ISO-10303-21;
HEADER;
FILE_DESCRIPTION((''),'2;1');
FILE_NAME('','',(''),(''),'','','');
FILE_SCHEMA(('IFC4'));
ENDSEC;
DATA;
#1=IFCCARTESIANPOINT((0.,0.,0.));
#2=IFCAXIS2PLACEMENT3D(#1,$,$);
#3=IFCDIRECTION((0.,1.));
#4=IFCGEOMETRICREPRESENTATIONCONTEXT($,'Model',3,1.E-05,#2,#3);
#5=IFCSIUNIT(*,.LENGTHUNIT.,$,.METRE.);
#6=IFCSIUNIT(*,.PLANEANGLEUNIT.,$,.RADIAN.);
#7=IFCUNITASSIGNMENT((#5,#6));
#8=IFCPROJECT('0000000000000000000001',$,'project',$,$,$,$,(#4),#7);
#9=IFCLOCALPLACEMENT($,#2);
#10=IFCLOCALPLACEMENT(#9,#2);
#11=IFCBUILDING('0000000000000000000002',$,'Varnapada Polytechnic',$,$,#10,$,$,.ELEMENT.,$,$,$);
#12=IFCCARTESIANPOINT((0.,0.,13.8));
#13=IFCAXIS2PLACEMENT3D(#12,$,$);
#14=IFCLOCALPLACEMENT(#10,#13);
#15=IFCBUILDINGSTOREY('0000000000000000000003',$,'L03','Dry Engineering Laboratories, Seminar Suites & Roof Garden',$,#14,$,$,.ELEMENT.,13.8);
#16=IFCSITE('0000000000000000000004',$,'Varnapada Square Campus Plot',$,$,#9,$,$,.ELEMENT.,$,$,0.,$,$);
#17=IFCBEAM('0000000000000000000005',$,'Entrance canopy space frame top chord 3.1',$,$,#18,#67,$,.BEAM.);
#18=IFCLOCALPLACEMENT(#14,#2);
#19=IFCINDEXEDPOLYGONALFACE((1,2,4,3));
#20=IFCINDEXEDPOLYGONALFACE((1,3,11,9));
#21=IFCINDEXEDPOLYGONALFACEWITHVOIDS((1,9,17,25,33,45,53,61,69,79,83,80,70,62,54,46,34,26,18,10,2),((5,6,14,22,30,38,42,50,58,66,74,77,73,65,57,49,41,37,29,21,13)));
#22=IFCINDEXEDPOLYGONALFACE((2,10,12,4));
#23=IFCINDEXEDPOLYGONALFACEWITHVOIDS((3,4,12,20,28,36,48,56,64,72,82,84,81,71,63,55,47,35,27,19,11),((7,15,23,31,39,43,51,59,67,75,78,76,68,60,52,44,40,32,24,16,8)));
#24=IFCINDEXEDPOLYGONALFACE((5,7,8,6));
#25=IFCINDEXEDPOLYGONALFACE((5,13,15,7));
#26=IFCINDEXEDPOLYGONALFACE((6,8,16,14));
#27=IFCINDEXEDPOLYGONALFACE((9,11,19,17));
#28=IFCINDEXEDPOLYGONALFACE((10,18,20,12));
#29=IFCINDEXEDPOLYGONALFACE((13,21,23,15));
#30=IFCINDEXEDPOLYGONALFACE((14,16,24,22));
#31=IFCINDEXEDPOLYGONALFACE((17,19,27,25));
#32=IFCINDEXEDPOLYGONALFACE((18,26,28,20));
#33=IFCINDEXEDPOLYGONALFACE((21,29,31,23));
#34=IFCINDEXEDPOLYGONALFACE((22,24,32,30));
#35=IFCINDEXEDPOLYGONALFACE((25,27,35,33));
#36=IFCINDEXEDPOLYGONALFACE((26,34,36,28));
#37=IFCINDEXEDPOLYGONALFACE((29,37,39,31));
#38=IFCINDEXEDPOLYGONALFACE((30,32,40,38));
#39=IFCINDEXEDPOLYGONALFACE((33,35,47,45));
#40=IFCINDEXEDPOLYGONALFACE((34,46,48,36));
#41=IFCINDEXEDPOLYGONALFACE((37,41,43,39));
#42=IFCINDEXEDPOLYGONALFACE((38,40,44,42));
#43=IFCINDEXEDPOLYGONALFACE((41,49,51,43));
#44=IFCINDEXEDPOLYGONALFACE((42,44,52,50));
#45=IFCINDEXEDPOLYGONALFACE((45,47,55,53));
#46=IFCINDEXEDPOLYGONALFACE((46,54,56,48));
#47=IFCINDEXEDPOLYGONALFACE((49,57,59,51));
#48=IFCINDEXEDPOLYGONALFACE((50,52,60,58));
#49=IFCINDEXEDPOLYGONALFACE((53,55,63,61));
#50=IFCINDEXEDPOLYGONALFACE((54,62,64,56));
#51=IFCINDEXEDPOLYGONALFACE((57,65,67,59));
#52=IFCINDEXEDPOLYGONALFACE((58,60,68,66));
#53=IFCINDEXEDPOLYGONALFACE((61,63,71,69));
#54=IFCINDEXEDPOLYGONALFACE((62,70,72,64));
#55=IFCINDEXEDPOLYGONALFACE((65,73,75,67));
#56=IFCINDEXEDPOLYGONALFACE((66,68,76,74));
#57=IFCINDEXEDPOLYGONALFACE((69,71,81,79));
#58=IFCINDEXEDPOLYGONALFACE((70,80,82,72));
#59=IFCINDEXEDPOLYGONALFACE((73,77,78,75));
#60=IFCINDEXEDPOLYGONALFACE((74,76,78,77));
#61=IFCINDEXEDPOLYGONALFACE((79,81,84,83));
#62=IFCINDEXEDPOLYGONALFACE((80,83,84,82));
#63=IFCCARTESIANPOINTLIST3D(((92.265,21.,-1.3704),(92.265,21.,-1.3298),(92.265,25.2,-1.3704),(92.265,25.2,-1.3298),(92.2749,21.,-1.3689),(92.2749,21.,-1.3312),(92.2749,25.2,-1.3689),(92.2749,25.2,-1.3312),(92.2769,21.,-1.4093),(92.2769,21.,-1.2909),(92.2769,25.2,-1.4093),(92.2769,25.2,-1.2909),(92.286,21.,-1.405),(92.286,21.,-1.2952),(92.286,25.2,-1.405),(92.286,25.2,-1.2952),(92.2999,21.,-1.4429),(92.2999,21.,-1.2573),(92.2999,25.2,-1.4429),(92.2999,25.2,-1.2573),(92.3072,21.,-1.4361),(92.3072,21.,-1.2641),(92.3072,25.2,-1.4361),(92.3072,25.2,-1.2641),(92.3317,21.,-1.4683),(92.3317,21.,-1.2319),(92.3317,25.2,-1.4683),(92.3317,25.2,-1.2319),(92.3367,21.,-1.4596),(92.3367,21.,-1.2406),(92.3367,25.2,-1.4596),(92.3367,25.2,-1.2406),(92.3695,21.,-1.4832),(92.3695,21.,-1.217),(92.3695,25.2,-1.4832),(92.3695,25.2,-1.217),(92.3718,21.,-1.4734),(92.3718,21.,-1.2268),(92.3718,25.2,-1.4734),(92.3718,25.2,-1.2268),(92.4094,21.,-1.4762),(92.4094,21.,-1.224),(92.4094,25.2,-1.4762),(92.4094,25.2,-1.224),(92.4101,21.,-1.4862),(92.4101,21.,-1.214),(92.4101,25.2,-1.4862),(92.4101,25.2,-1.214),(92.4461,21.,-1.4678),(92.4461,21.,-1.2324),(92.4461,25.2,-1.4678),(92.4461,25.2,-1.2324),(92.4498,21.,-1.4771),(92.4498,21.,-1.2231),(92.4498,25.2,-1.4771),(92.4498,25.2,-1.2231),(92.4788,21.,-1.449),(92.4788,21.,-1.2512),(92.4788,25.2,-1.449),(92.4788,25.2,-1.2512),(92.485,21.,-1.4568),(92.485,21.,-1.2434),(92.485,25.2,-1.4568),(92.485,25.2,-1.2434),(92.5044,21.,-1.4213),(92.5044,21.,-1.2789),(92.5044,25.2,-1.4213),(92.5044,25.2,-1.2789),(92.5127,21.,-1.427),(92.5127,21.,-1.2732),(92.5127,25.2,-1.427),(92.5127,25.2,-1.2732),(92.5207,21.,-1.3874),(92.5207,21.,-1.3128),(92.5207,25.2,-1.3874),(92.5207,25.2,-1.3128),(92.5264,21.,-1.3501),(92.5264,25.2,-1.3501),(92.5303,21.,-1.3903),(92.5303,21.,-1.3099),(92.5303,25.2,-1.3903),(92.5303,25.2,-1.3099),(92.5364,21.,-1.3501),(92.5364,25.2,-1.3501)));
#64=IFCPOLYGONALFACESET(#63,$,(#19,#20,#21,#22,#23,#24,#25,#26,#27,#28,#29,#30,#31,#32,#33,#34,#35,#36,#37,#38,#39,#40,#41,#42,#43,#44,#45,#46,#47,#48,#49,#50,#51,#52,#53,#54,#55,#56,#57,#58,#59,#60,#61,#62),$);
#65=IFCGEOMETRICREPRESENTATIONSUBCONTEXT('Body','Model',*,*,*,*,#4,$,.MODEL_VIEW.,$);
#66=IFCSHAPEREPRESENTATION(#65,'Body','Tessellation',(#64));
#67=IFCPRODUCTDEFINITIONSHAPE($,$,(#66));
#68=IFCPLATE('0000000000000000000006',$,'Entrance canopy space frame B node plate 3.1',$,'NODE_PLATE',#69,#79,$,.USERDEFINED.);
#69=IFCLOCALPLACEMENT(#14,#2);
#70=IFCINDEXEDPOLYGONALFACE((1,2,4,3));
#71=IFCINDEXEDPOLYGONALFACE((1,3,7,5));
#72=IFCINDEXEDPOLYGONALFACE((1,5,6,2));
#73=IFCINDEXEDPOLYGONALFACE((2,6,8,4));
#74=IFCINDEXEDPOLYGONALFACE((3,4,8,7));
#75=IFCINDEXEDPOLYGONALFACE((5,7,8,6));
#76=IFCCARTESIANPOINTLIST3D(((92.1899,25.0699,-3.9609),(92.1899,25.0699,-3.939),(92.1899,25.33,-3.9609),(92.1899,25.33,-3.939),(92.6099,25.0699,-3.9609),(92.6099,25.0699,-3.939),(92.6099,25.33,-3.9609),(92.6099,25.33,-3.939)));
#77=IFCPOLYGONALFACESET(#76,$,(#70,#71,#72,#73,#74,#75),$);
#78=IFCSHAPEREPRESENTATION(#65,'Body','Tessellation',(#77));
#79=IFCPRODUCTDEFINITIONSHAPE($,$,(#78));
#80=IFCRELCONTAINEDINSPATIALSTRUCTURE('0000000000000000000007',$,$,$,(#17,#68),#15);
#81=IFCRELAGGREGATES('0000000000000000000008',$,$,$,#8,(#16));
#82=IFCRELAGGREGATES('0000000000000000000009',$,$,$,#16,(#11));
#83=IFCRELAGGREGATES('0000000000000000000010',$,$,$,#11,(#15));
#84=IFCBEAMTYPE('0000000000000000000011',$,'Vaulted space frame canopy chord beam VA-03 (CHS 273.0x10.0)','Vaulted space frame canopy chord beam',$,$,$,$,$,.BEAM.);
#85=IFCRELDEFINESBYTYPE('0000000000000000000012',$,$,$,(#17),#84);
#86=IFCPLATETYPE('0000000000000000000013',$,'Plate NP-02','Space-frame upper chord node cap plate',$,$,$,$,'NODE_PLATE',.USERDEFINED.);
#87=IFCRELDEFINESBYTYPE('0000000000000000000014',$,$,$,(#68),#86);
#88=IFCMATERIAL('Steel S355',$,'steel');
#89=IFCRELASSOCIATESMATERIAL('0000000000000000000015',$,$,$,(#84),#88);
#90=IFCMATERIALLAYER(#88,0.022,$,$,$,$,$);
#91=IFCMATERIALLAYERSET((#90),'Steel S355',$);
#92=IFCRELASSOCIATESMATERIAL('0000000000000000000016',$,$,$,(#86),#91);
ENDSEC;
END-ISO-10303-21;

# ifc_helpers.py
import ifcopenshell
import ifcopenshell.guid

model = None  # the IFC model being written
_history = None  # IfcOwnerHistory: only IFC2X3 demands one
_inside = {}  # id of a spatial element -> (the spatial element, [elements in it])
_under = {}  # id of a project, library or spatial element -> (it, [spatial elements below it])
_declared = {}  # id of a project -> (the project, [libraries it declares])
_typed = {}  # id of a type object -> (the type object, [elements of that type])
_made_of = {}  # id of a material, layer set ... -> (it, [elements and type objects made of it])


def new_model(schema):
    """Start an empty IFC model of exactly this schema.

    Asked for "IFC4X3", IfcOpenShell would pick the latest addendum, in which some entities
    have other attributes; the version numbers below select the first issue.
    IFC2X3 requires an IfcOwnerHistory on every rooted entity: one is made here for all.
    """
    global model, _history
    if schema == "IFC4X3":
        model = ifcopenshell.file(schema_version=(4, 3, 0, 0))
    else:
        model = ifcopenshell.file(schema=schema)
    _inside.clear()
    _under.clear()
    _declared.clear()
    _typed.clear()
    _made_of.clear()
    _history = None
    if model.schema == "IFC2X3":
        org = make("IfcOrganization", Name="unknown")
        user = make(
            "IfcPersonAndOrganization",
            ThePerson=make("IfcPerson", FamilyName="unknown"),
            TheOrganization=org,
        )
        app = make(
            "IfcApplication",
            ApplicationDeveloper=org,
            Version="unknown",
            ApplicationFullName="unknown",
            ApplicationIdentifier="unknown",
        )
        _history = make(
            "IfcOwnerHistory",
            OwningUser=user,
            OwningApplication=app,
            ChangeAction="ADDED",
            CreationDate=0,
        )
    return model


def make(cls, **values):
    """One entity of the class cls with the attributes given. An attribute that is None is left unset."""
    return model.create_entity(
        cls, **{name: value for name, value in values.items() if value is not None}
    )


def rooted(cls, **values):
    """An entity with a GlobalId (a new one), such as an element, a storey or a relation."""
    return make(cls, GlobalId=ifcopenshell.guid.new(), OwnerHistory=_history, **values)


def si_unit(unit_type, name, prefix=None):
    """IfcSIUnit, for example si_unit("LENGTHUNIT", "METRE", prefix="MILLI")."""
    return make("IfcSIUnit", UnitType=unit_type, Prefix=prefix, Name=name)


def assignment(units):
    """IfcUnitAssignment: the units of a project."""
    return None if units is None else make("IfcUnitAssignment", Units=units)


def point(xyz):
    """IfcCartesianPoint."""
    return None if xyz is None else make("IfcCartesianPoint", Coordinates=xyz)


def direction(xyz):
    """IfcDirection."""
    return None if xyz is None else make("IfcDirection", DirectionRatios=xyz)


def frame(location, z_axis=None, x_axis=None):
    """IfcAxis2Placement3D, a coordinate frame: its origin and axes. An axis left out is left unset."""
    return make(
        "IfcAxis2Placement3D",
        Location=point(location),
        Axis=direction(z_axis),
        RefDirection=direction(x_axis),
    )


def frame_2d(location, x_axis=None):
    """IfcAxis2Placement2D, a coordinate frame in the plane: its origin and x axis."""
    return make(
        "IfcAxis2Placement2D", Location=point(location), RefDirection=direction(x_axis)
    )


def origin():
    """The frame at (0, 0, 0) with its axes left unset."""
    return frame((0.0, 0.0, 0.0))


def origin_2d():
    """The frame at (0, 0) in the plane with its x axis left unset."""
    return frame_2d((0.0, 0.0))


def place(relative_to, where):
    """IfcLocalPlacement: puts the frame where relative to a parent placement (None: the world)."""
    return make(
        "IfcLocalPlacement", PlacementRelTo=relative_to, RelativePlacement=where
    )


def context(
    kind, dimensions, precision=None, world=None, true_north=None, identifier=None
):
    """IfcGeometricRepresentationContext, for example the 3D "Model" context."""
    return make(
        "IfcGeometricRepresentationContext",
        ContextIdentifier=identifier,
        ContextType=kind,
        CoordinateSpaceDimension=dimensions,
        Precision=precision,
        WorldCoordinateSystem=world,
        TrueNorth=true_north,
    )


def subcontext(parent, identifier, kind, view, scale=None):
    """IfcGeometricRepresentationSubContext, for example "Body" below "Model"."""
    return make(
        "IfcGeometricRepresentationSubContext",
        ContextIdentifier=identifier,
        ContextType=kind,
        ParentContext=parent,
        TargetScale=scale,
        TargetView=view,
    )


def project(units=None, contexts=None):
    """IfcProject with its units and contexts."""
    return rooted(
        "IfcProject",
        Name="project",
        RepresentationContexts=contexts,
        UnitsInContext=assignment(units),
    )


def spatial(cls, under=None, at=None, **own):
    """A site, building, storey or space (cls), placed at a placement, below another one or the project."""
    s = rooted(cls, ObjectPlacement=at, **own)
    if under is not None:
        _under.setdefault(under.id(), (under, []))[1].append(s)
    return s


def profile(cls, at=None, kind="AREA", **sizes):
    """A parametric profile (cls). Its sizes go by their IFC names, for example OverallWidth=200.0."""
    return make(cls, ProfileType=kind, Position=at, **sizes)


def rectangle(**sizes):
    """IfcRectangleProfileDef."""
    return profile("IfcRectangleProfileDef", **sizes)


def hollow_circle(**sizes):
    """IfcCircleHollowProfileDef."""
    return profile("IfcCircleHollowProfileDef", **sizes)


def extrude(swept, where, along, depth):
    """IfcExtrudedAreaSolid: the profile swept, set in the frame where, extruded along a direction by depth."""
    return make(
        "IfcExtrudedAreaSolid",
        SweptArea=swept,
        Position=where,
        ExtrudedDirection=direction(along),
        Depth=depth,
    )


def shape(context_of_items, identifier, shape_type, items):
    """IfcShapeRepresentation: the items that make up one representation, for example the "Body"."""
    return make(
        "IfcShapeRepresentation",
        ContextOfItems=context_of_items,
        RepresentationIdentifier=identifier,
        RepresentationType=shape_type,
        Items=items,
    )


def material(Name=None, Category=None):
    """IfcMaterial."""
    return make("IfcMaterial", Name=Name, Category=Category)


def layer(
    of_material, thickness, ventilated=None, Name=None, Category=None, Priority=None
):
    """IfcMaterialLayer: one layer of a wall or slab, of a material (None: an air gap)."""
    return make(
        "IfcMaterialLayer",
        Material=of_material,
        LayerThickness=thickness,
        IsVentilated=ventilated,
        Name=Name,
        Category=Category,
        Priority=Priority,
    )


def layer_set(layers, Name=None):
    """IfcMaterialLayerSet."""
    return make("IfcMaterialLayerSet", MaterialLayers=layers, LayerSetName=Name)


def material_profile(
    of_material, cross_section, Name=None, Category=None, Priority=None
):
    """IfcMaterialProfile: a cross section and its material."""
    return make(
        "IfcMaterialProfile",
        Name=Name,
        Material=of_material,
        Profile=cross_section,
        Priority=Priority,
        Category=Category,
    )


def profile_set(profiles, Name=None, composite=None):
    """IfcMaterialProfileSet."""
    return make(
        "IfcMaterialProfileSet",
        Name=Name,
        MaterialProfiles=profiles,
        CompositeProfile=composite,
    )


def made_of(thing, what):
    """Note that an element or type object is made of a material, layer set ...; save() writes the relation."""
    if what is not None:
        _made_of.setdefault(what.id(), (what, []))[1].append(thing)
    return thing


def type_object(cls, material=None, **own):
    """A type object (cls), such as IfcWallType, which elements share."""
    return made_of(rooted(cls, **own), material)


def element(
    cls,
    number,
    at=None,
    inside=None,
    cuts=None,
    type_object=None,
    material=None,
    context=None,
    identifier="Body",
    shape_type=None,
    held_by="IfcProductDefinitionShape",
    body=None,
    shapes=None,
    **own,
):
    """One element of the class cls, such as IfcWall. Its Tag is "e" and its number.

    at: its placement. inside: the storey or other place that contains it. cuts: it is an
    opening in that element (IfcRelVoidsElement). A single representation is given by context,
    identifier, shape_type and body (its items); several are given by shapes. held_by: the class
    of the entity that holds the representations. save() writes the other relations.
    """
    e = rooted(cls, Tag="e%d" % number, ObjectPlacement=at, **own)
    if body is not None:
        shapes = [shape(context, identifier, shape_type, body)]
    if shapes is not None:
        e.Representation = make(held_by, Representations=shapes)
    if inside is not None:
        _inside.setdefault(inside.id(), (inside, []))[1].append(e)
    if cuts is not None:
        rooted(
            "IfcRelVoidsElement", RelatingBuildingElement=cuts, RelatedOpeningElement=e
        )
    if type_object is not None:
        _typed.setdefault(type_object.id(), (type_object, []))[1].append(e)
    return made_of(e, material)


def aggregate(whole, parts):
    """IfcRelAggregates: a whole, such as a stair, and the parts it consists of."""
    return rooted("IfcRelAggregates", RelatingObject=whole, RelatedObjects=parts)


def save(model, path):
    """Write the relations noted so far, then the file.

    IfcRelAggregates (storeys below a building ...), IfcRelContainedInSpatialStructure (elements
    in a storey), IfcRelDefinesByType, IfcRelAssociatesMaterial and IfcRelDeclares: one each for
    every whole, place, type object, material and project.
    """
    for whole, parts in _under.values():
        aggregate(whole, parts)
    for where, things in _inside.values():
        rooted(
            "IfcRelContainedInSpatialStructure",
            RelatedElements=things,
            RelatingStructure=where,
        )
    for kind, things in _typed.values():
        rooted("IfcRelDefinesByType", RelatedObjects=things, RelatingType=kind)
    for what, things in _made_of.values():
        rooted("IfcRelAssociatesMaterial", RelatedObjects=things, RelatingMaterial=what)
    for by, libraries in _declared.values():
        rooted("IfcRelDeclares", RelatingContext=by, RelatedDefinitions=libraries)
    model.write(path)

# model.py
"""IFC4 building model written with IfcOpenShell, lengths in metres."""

from ifc_helpers import new_model, si_unit, direction, frame, origin, origin_2d, place, context, subcontext, project, spatial, rectangle, hollow_circle, extrude, material, layer, layer_set, material_profile, profile_set, type_object, element, save


model = new_model("IFC4")

# Units and contexts
model_context = context("Model", 3, precision=1e-05, world=origin(), true_north=direction((0.0, 1.0)))
body_context = subcontext(model_context, "Body", "Model", "MODEL_VIEW")
ifc_project = project(units=[si_unit("LENGTHUNIT", "METRE"), si_unit("PLANEANGLEUNIT", "RADIAN")], contexts=[model_context])

# Site, building, storey
site_placement = place(None, origin())
site = spatial("IfcSite", under=ifc_project, at=site_placement, Name="Varnapada Square Campus Plot", CompositionType="ELEMENT", RefElevation=0.0)
building_placement = place(site_placement, origin())
building = spatial("IfcBuilding", under=site, at=building_placement, Name="Varnapada Polytechnic", CompositionType="ELEMENT")
storey_placement = place(building_placement, frame((0.0, 0.0, 13.8)))
storey = spatial("IfcBuildingStorey", under=building, at=storey_placement, Name="L03", Description="Dry Engineering Laboratories, Seminar Suites & Roof Garden", CompositionType="ELEMENT", Elevation=13.8)

# Shared definitions
ifc_material_1 = material(Name="Steel S355", Category="steel")

# Beam
ifc_material_profile_1 = material_profile(ifc_material_1, hollow_circle(Radius=0.1365, WallThickness=0.01, at=origin_2d()), Name="CHS 273.0x10.0")
ifc_profile_set_1 = profile_set([ifc_material_profile_1], Name="Steel S355")
beam_type = type_object("IfcBeamType", Name="Vaulted space frame canopy chord beam VA-03 (CHS 273.0x10.0)", Description="Vaulted space frame canopy chord beam", PredefinedType="BEAM", material=ifc_profile_set_1)
for number, where, z_axis, x_axis, name in (
    (1, (92.3999, 25.2, -1.3501), (0.0, -1.0, 0.0), (1.0, 0.0, 0.0), "Entrance canopy space frame top chord 3.1"),
):
    element("IfcBeam", number, at=place(storey_placement, frame(where, z_axis=z_axis, x_axis=x_axis)), inside=storey, type_object=beam_type, Name=name, PredefinedType="BEAM", context=body_context, shape_type="SweptSolid", body=[
        extrude(hollow_circle(Radius=0.1365, WallThickness=0.01, at=origin_2d()), origin(), (0.0, 0.0, 1.0), 4.2),
    ])

# Plate
ifc_layer_1 = layer(ifc_material_1, 0.022)
ifc_layer_set_1 = layer_set([ifc_layer_1], Name="Steel S355")
plate_type = type_object("IfcPlateType", Name="Plate NP-02", Description="Space-frame upper chord node cap plate", ElementType="NODE_PLATE", PredefinedType="USERDEFINED", material=ifc_layer_set_1)
plate_placement = place(storey_placement, frame((92.3999, 25.2, -3.9609), z_axis=(0.0, 0.0, 1.0), x_axis=(1.0, 0.0, 0.0)))
element("IfcPlate", 2, at=plate_placement, inside=storey, type_object=plate_type, Name="Entrance canopy space frame B node plate 3.1", ObjectType="NODE_PLATE", PredefinedType="USERDEFINED", context=body_context, shape_type="SweptSolid", body=[
    extrude(rectangle(XDim=0.4199, YDim=0.26, at=origin_2d()), origin(), (0.0, 0.0, 1.0), 0.022),
])

save(model, "model.ifc")
